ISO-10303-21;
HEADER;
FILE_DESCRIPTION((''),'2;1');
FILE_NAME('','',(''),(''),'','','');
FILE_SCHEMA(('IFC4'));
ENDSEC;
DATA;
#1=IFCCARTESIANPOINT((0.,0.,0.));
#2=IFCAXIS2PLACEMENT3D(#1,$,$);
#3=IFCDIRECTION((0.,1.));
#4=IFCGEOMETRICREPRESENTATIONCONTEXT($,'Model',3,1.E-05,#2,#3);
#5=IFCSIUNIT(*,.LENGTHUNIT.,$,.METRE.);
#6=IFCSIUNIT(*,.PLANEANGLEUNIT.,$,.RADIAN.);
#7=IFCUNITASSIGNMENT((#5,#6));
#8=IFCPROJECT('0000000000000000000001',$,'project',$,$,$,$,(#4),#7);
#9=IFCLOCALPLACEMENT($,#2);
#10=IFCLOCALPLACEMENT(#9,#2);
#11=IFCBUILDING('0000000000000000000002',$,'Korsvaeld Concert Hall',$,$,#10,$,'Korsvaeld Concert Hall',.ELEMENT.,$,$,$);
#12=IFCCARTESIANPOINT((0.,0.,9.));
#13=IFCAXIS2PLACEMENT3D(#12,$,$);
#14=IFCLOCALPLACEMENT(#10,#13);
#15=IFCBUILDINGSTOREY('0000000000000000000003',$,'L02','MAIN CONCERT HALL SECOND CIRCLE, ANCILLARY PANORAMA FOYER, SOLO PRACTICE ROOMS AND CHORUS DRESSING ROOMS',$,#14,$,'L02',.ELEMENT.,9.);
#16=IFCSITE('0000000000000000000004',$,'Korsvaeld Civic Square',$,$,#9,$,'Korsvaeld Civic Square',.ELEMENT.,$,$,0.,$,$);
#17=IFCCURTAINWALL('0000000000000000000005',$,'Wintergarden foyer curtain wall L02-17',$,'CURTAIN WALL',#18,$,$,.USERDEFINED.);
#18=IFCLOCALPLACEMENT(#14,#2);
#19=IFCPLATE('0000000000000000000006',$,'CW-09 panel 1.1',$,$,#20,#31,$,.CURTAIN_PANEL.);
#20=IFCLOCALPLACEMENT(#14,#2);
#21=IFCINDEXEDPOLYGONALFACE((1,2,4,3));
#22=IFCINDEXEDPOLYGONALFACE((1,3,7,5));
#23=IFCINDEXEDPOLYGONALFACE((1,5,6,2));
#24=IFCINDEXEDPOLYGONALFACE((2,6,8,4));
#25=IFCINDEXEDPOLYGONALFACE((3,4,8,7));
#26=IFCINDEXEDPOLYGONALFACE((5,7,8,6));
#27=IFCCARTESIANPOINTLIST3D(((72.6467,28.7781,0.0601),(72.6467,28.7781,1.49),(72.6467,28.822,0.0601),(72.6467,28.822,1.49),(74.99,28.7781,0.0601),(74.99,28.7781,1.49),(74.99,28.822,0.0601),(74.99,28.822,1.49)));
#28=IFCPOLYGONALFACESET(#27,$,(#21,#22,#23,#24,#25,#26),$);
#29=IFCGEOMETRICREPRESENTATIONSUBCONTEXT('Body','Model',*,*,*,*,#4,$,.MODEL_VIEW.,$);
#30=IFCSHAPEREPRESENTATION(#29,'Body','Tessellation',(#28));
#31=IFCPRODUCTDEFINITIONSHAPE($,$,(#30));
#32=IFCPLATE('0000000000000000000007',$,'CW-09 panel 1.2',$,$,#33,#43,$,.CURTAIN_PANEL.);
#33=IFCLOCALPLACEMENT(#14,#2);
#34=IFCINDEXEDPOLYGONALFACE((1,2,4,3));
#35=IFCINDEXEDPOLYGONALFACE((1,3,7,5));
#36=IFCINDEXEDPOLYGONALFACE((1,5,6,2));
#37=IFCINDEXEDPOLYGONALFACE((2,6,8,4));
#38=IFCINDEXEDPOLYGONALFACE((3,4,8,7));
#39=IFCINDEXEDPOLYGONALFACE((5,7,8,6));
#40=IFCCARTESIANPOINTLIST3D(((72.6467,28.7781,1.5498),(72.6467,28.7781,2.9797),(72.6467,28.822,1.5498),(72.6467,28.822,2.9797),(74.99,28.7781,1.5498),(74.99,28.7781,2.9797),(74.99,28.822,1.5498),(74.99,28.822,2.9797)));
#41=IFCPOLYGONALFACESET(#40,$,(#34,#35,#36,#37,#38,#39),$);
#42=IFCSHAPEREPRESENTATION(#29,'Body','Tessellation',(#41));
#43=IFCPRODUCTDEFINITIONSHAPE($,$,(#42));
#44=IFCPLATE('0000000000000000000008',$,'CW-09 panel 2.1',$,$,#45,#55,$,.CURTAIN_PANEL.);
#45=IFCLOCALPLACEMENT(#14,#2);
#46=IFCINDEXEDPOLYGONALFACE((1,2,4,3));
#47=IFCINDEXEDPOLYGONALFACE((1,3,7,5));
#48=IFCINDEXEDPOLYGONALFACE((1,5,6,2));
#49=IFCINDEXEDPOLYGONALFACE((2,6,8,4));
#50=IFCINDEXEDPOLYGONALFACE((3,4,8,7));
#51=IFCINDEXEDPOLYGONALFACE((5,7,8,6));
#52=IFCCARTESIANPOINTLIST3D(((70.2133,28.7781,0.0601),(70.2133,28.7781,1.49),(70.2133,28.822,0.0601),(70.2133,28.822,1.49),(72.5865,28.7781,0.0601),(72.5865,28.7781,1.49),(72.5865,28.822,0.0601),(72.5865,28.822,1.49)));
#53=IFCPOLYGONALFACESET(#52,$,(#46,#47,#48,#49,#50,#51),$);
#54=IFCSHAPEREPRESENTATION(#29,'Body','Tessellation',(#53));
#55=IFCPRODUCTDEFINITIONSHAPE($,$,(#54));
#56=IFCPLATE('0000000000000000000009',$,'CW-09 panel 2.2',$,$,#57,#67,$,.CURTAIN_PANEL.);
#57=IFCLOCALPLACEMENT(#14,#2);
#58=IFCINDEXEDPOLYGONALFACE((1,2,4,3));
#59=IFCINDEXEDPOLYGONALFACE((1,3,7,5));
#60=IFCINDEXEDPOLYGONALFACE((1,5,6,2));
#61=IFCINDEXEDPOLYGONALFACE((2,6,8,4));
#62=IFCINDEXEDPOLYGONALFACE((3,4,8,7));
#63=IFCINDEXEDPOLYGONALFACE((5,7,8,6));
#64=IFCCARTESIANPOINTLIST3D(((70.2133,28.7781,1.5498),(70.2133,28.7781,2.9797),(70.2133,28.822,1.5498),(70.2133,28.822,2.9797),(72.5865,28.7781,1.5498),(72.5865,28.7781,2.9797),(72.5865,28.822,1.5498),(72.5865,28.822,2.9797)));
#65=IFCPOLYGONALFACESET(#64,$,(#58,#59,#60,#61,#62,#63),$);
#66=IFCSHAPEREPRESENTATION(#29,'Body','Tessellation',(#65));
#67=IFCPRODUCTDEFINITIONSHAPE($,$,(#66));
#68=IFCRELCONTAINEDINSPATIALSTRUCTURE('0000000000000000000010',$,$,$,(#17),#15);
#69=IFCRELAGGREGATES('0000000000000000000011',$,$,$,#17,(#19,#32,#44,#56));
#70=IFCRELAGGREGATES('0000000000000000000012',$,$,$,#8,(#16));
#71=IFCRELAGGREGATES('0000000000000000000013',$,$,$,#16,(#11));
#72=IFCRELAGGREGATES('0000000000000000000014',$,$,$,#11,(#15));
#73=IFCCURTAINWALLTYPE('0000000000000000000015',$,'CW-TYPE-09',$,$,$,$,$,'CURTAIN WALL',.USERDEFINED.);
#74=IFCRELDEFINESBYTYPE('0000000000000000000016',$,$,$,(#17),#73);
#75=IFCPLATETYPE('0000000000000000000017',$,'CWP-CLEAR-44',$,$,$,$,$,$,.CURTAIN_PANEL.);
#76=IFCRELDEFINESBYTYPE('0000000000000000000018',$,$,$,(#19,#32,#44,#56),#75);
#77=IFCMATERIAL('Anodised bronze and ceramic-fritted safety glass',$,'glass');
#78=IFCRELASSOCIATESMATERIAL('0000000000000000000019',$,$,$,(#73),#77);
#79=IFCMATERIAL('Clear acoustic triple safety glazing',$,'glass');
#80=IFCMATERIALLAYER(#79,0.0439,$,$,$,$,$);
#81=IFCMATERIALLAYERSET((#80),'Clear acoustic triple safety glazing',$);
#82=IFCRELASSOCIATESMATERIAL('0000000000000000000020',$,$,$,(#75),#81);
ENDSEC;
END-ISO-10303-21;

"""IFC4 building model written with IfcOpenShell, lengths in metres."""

from ifc_helpers import new_model, si_unit, direction, frame, origin, origin_2d, place, context, subcontext, project, spatial, rectangle, extrude, material, layer, layer_set, type_object, element, aggregate, save


model = new_model("IFC4")

# Units and contexts
model_context = context("Model", 3, precision=1e-05, world=origin(), true_north=direction((0.0, 1.0)))
body_context = subcontext(model_context, "Body", "Model", "MODEL_VIEW")
ifc_project = project(units=[si_unit("LENGTHUNIT", "METRE"), si_unit("PLANEANGLEUNIT", "RADIAN")], contexts=[model_context])

# Site, building, storey
site_placement = place(None, origin())
site = spatial("IfcSite", under=ifc_project, at=site_placement, Name="Korsvaeld Civic Square", LongName="Korsvaeld Civic Square", CompositionType="ELEMENT", RefElevation=0.0)
building_placement = place(site_placement, origin())
building = spatial("IfcBuilding", under=site, at=building_placement, Name="Korsvaeld Concert Hall", LongName="Korsvaeld Concert Hall", CompositionType="ELEMENT")
storey_placement = place(building_placement, frame((0.0, 0.0, 9.0)))
storey = spatial("IfcBuildingStorey", under=building, at=storey_placement, Name="L02", Description="MAIN CONCERT HALL SECOND CIRCLE, ANCILLARY PANORAMA FOYER, SOLO PRACTICE ROOMS AND CHORUS DRESSING ROOMS", LongName="L02", CompositionType="ELEMENT", Elevation=9.0)

# Curtain wall
ifc_material_1 = material(Name="Anodised bronze and ceramic-fritted safety glass", Category="glass")
curtain_wall_type_1 = type_object("IfcCurtainWallType", Name="CW-TYPE-09", ElementType="CURTAIN WALL", PredefinedType="USERDEFINED", material=ifc_material_1)
curtain_wall_1_placement = place(storey_placement, origin())
curtain_wall_1 = element("IfcCurtainWall", 1, at=curtain_wall_1_placement, inside=storey, type_object=curtain_wall_type_1, Name="Wintergarden foyer curtain wall L02-17", ObjectType="CURTAIN WALL", PredefinedType="USERDEFINED")

# Plates
ifc_material_2 = material(Name="Clear acoustic triple safety glazing", Category="glass")
ifc_layer = layer(ifc_material_2, 0.0439)
ifc_layer_set = layer_set([ifc_layer], Name="Clear acoustic triple safety glazing")
plate_type = type_object("IfcPlateType", Name="CWP-CLEAR-44", PredefinedType="CURTAIN_PANEL", material=ifc_layer_set)
plate_1_placement = place(storey_placement, frame((73.8184, 28.8, 0.0601), z_axis=(0.0, 0.0, 1.0), x_axis=(-1.0, 0.0, 0.0)))
plate_1 = element("IfcPlate", 2, at=plate_1_placement, type_object=plate_type, Name="CW-09 panel 1.1", PredefinedType="CURTAIN_PANEL", context=body_context, shape_type="SweptSolid", body=[
    extrude(rectangle(XDim=2.3433, YDim=0.0439, at=origin_2d()), origin(), (0.0, 0.0, 1.0), 1.4299),
])
plate_2_placement = place(storey_placement, frame((73.8184, 28.8, 1.5498), z_axis=(0.0, 0.0, 1.0), x_axis=(-1.0, 0.0, 0.0)))
plate_2 = element("IfcPlate", 3, at=plate_2_placement, type_object=plate_type, Name="CW-09 panel 1.2", PredefinedType="CURTAIN_PANEL", context=body_context, shape_type="SweptSolid", body=[
    extrude(rectangle(XDim=2.3433, YDim=0.0439, at=origin_2d()), origin(), (0.0, 0.0, 1.0), 1.4299),
])
plate_3_placement = place(storey_placement, frame((71.3999, 28.8, 0.0601), z_axis=(0.0, 0.0, 1.0), x_axis=(-1.0, 0.0, 0.0)))
plate_3 = element("IfcPlate", 4, at=plate_3_placement, type_object=plate_type, Name="CW-09 panel 2.1", PredefinedType="CURTAIN_PANEL", context=body_context, shape_type="SweptSolid", body=[
    extrude(rectangle(XDim=2.3733, YDim=0.0439, at=origin_2d()), origin(), (0.0, 0.0, 1.0), 1.4299),
])
plate_4_placement = place(storey_placement, frame((71.3999, 28.8, 1.5498), z_axis=(0.0, 0.0, 1.0), x_axis=(-1.0, 0.0, 0.0)))
plate_4 = element("IfcPlate", 5, at=plate_4_placement, type_object=plate_type, Name="CW-09 panel 2.2", PredefinedType="CURTAIN_PANEL", context=body_context, shape_type="SweptSolid", body=[
    extrude(rectangle(XDim=2.3733, YDim=0.0439, at=origin_2d()), origin(), (0.0, 0.0, 1.0), 1.4299),
])
aggregate(curtain_wall_1, [plate_1, plate_2, plate_3, plate_4])

save(model, "model.ifc")
